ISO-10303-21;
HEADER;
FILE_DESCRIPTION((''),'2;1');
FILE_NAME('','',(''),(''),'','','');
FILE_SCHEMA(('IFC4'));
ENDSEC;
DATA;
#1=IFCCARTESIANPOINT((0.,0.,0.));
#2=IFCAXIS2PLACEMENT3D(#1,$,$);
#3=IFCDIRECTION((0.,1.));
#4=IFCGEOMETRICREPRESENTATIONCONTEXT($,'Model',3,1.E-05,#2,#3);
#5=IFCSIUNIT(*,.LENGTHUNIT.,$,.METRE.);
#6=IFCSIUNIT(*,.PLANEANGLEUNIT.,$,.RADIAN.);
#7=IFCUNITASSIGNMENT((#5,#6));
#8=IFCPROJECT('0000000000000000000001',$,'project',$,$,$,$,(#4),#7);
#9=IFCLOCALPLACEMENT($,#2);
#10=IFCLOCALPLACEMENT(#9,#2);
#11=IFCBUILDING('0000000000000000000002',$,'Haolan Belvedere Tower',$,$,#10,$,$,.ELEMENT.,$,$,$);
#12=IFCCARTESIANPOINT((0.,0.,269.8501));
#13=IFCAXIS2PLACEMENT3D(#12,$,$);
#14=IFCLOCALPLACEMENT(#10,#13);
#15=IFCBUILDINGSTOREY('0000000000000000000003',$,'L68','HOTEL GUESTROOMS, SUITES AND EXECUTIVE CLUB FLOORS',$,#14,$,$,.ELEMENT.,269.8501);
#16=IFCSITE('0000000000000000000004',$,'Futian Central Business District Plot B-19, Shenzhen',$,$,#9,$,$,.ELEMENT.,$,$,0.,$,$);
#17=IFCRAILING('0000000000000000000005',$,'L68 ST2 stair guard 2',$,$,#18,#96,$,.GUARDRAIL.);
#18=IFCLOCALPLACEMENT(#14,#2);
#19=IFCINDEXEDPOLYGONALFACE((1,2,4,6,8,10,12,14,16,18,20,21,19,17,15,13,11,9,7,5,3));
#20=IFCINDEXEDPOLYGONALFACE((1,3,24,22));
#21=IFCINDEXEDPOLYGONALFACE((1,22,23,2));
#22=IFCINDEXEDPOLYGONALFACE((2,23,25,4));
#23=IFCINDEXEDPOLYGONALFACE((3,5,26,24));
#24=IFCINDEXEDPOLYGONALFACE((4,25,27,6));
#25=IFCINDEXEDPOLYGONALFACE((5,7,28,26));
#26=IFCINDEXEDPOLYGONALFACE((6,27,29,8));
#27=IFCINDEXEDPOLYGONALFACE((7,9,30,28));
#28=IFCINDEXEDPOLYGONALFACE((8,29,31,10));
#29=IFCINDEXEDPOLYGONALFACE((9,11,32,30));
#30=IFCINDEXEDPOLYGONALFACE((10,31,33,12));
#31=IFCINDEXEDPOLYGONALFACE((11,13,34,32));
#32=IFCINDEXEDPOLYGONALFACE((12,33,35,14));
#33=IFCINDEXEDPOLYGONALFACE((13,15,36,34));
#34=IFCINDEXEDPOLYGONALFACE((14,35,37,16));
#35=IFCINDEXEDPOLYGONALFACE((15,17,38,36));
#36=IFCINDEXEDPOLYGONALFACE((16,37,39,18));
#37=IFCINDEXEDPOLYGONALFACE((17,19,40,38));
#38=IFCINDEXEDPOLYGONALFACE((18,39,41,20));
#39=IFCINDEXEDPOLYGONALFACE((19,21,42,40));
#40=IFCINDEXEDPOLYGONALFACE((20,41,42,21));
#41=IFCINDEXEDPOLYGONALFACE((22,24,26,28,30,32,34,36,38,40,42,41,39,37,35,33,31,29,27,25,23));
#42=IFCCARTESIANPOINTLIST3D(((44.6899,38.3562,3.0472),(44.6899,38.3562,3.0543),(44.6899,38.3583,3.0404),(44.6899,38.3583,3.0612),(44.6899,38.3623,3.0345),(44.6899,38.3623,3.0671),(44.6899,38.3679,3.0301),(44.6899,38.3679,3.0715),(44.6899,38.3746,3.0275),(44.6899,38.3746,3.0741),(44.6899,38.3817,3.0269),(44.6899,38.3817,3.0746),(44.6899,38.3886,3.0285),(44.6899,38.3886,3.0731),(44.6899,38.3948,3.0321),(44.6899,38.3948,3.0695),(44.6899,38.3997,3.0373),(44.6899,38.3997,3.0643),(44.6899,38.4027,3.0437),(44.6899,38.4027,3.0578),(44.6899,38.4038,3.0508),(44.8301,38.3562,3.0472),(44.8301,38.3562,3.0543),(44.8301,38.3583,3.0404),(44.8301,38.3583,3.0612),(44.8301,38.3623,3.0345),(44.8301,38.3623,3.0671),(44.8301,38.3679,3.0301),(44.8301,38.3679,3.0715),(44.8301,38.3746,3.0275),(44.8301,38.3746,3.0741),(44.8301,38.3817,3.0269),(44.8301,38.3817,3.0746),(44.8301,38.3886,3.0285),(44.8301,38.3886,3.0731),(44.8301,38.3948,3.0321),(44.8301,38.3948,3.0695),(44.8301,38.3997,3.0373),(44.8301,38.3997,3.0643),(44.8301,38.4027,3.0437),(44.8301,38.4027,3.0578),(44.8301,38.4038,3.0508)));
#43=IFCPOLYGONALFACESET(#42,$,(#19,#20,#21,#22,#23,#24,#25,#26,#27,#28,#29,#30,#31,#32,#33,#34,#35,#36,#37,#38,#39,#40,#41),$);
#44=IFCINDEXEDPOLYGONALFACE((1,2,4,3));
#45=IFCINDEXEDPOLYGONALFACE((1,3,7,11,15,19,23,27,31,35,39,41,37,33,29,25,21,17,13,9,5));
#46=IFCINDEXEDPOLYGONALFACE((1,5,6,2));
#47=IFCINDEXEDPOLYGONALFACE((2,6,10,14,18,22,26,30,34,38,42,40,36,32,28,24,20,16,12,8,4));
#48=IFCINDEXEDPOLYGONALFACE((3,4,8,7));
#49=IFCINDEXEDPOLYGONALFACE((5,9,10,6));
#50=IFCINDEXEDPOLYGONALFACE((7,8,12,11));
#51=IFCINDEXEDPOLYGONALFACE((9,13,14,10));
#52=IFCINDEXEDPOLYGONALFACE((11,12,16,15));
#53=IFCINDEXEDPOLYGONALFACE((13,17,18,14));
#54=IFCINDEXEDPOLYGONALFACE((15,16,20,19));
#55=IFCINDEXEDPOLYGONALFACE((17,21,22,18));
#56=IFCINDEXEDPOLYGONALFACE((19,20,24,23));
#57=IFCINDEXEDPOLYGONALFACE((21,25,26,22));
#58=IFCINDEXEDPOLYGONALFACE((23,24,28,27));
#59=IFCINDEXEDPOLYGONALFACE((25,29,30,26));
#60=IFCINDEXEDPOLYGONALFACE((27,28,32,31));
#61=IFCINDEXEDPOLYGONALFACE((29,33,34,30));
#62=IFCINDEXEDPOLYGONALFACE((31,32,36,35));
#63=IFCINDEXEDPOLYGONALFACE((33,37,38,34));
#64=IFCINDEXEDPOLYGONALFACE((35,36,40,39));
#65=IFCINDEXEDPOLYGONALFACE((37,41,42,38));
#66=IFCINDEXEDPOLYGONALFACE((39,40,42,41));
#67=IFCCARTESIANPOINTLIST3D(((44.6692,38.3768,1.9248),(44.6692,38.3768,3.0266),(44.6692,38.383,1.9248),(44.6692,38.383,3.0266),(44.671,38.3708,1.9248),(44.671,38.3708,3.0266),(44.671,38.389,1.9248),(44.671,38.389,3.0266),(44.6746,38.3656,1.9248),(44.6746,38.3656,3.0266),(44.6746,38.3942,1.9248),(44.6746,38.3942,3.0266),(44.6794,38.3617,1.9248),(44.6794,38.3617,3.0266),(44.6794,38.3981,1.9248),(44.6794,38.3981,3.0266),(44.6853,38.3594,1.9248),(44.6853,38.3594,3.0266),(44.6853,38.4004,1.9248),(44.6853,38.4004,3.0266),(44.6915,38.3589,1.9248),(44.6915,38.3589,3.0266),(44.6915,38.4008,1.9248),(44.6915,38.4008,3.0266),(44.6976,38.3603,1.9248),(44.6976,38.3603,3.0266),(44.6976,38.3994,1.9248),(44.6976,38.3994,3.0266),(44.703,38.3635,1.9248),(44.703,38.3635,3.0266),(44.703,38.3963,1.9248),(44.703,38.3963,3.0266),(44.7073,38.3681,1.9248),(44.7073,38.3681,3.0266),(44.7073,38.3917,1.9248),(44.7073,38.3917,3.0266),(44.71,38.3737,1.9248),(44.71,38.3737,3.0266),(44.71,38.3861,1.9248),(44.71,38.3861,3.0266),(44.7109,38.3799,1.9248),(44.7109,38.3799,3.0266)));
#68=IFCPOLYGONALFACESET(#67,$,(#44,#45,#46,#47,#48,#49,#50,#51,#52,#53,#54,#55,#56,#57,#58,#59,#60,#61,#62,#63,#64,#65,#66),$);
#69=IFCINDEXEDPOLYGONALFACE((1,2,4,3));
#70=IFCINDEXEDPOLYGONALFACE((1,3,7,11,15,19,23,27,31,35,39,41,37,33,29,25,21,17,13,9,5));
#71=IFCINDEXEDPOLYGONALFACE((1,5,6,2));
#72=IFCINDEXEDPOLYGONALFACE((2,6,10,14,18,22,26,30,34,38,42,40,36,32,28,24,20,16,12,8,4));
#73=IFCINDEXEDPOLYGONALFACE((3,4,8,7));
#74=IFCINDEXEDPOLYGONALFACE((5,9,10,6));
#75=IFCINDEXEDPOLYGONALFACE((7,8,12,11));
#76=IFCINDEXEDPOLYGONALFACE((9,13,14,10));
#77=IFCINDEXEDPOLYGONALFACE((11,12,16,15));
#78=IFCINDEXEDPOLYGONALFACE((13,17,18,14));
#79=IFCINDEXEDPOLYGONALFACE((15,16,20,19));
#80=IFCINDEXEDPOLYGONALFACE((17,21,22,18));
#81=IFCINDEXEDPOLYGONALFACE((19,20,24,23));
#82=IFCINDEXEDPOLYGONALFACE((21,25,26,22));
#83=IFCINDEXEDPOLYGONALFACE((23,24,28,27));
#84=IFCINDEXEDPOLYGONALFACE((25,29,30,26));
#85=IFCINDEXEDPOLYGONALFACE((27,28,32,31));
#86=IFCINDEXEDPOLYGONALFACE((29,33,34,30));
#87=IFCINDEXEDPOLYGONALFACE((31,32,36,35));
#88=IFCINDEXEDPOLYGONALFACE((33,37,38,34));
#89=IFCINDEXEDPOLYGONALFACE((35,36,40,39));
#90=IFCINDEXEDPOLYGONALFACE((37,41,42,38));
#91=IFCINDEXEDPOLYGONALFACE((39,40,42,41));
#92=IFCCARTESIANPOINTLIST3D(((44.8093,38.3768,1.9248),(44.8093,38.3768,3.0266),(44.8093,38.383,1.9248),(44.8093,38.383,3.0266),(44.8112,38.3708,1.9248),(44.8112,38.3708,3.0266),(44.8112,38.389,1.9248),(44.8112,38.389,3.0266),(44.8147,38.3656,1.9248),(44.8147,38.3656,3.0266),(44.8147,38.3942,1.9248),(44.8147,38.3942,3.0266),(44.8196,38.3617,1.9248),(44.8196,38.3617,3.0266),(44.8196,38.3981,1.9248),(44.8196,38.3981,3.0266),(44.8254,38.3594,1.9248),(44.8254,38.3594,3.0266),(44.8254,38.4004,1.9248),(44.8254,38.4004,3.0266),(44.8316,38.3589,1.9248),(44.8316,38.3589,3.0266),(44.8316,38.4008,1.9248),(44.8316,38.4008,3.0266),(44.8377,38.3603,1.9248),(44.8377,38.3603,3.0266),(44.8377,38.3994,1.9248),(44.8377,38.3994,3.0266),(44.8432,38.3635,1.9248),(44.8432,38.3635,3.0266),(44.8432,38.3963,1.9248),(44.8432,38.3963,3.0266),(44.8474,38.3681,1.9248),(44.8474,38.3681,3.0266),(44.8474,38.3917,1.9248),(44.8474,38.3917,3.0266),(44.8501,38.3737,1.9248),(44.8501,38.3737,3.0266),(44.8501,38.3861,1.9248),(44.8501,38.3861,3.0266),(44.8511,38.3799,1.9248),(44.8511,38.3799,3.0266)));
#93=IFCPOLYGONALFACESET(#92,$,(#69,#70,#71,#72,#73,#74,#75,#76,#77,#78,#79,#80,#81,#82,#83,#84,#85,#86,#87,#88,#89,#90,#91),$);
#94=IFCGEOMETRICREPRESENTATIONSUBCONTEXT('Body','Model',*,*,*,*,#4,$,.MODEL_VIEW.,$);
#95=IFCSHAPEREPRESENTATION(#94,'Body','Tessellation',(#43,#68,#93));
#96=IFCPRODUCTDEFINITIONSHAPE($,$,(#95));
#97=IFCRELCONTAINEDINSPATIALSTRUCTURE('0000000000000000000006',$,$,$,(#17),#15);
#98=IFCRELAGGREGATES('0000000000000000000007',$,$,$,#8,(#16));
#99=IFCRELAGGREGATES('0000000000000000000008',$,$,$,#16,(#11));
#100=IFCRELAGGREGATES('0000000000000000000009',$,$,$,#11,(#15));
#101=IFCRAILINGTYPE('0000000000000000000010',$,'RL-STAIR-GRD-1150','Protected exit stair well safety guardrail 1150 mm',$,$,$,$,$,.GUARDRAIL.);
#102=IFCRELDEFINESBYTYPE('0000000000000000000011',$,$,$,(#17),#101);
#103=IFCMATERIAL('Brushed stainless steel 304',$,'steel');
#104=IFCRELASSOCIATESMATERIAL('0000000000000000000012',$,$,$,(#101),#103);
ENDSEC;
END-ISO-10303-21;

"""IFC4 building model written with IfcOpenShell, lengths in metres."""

from ifc_helpers import new_model, si_unit, direction, frame, origin, origin_2d, place, context, subcontext, project, spatial, circle, extrude, material, type_object, element, save


model = new_model("IFC4")

# Units and contexts
model_context = context("Model", 3, precision=1e-05, world=origin(), true_north=direction((0.0, 1.0)))
body_context = subcontext(model_context, "Body", "Model", "MODEL_VIEW")
ifc_project = project(units=[si_unit("LENGTHUNIT", "METRE"), si_unit("PLANEANGLEUNIT", "RADIAN")], contexts=[model_context])

# Site, building, storey
site_placement = place(None, origin())
site = spatial("IfcSite", under=ifc_project, at=site_placement, Name="Futian Central Business District Plot B-19, Shenzhen", CompositionType="ELEMENT", RefElevation=0.0)
building_placement = place(site_placement, origin())
building = spatial("IfcBuilding", under=site, at=building_placement, Name="Haolan Belvedere Tower", CompositionType="ELEMENT")
storey_placement = place(building_placement, frame((0.0, 0.0, 269.8501)))
storey = spatial("IfcBuildingStorey", under=building, at=storey_placement, Name="L68", Description="HOTEL GUESTROOMS, SUITES AND EXECUTIVE CLUB FLOORS", CompositionType="ELEMENT", Elevation=269.8501)

# Railing
ifc_material_1 = material(Name="Brushed stainless steel 304", Category="steel")
railing_type = type_object("IfcRailingType", Name="RL-STAIR-GRD-1150", Description="Protected exit stair well safety guardrail 1150 mm", PredefinedType="GUARDRAIL", material=ifc_material_1)
railing_placement = place(storey_placement, frame((44.6899, 38.3799, 1.9248)))
element("IfcRailing", 1, at=railing_placement, inside=storey, type_object=railing_type, Name="L68 ST2 stair guard 2", PredefinedType="GUARDRAIL", context=body_context, shape_type="SweptSolid", body=[
    extrude(circle(Radius=0.0239, at=origin_2d()), frame((0.0, 0.0, 1.126), z_axis=(1.0, 0.0, 0.0), x_axis=(0.0, 1.0, 0.0)), (0.0, 0.0, 1.0), 0.1401),
    extrude(circle(Radius=0.021, at=origin_2d()), origin(), (0.0, 0.0, 1.0), 1.1018),
    extrude(circle(Radius=0.021, at=origin_2d()), frame((0.1401, 0.0, 0.0)), (0.0, 0.0, 1.0), 1.1018),
])

save(model, "model.ifc")
